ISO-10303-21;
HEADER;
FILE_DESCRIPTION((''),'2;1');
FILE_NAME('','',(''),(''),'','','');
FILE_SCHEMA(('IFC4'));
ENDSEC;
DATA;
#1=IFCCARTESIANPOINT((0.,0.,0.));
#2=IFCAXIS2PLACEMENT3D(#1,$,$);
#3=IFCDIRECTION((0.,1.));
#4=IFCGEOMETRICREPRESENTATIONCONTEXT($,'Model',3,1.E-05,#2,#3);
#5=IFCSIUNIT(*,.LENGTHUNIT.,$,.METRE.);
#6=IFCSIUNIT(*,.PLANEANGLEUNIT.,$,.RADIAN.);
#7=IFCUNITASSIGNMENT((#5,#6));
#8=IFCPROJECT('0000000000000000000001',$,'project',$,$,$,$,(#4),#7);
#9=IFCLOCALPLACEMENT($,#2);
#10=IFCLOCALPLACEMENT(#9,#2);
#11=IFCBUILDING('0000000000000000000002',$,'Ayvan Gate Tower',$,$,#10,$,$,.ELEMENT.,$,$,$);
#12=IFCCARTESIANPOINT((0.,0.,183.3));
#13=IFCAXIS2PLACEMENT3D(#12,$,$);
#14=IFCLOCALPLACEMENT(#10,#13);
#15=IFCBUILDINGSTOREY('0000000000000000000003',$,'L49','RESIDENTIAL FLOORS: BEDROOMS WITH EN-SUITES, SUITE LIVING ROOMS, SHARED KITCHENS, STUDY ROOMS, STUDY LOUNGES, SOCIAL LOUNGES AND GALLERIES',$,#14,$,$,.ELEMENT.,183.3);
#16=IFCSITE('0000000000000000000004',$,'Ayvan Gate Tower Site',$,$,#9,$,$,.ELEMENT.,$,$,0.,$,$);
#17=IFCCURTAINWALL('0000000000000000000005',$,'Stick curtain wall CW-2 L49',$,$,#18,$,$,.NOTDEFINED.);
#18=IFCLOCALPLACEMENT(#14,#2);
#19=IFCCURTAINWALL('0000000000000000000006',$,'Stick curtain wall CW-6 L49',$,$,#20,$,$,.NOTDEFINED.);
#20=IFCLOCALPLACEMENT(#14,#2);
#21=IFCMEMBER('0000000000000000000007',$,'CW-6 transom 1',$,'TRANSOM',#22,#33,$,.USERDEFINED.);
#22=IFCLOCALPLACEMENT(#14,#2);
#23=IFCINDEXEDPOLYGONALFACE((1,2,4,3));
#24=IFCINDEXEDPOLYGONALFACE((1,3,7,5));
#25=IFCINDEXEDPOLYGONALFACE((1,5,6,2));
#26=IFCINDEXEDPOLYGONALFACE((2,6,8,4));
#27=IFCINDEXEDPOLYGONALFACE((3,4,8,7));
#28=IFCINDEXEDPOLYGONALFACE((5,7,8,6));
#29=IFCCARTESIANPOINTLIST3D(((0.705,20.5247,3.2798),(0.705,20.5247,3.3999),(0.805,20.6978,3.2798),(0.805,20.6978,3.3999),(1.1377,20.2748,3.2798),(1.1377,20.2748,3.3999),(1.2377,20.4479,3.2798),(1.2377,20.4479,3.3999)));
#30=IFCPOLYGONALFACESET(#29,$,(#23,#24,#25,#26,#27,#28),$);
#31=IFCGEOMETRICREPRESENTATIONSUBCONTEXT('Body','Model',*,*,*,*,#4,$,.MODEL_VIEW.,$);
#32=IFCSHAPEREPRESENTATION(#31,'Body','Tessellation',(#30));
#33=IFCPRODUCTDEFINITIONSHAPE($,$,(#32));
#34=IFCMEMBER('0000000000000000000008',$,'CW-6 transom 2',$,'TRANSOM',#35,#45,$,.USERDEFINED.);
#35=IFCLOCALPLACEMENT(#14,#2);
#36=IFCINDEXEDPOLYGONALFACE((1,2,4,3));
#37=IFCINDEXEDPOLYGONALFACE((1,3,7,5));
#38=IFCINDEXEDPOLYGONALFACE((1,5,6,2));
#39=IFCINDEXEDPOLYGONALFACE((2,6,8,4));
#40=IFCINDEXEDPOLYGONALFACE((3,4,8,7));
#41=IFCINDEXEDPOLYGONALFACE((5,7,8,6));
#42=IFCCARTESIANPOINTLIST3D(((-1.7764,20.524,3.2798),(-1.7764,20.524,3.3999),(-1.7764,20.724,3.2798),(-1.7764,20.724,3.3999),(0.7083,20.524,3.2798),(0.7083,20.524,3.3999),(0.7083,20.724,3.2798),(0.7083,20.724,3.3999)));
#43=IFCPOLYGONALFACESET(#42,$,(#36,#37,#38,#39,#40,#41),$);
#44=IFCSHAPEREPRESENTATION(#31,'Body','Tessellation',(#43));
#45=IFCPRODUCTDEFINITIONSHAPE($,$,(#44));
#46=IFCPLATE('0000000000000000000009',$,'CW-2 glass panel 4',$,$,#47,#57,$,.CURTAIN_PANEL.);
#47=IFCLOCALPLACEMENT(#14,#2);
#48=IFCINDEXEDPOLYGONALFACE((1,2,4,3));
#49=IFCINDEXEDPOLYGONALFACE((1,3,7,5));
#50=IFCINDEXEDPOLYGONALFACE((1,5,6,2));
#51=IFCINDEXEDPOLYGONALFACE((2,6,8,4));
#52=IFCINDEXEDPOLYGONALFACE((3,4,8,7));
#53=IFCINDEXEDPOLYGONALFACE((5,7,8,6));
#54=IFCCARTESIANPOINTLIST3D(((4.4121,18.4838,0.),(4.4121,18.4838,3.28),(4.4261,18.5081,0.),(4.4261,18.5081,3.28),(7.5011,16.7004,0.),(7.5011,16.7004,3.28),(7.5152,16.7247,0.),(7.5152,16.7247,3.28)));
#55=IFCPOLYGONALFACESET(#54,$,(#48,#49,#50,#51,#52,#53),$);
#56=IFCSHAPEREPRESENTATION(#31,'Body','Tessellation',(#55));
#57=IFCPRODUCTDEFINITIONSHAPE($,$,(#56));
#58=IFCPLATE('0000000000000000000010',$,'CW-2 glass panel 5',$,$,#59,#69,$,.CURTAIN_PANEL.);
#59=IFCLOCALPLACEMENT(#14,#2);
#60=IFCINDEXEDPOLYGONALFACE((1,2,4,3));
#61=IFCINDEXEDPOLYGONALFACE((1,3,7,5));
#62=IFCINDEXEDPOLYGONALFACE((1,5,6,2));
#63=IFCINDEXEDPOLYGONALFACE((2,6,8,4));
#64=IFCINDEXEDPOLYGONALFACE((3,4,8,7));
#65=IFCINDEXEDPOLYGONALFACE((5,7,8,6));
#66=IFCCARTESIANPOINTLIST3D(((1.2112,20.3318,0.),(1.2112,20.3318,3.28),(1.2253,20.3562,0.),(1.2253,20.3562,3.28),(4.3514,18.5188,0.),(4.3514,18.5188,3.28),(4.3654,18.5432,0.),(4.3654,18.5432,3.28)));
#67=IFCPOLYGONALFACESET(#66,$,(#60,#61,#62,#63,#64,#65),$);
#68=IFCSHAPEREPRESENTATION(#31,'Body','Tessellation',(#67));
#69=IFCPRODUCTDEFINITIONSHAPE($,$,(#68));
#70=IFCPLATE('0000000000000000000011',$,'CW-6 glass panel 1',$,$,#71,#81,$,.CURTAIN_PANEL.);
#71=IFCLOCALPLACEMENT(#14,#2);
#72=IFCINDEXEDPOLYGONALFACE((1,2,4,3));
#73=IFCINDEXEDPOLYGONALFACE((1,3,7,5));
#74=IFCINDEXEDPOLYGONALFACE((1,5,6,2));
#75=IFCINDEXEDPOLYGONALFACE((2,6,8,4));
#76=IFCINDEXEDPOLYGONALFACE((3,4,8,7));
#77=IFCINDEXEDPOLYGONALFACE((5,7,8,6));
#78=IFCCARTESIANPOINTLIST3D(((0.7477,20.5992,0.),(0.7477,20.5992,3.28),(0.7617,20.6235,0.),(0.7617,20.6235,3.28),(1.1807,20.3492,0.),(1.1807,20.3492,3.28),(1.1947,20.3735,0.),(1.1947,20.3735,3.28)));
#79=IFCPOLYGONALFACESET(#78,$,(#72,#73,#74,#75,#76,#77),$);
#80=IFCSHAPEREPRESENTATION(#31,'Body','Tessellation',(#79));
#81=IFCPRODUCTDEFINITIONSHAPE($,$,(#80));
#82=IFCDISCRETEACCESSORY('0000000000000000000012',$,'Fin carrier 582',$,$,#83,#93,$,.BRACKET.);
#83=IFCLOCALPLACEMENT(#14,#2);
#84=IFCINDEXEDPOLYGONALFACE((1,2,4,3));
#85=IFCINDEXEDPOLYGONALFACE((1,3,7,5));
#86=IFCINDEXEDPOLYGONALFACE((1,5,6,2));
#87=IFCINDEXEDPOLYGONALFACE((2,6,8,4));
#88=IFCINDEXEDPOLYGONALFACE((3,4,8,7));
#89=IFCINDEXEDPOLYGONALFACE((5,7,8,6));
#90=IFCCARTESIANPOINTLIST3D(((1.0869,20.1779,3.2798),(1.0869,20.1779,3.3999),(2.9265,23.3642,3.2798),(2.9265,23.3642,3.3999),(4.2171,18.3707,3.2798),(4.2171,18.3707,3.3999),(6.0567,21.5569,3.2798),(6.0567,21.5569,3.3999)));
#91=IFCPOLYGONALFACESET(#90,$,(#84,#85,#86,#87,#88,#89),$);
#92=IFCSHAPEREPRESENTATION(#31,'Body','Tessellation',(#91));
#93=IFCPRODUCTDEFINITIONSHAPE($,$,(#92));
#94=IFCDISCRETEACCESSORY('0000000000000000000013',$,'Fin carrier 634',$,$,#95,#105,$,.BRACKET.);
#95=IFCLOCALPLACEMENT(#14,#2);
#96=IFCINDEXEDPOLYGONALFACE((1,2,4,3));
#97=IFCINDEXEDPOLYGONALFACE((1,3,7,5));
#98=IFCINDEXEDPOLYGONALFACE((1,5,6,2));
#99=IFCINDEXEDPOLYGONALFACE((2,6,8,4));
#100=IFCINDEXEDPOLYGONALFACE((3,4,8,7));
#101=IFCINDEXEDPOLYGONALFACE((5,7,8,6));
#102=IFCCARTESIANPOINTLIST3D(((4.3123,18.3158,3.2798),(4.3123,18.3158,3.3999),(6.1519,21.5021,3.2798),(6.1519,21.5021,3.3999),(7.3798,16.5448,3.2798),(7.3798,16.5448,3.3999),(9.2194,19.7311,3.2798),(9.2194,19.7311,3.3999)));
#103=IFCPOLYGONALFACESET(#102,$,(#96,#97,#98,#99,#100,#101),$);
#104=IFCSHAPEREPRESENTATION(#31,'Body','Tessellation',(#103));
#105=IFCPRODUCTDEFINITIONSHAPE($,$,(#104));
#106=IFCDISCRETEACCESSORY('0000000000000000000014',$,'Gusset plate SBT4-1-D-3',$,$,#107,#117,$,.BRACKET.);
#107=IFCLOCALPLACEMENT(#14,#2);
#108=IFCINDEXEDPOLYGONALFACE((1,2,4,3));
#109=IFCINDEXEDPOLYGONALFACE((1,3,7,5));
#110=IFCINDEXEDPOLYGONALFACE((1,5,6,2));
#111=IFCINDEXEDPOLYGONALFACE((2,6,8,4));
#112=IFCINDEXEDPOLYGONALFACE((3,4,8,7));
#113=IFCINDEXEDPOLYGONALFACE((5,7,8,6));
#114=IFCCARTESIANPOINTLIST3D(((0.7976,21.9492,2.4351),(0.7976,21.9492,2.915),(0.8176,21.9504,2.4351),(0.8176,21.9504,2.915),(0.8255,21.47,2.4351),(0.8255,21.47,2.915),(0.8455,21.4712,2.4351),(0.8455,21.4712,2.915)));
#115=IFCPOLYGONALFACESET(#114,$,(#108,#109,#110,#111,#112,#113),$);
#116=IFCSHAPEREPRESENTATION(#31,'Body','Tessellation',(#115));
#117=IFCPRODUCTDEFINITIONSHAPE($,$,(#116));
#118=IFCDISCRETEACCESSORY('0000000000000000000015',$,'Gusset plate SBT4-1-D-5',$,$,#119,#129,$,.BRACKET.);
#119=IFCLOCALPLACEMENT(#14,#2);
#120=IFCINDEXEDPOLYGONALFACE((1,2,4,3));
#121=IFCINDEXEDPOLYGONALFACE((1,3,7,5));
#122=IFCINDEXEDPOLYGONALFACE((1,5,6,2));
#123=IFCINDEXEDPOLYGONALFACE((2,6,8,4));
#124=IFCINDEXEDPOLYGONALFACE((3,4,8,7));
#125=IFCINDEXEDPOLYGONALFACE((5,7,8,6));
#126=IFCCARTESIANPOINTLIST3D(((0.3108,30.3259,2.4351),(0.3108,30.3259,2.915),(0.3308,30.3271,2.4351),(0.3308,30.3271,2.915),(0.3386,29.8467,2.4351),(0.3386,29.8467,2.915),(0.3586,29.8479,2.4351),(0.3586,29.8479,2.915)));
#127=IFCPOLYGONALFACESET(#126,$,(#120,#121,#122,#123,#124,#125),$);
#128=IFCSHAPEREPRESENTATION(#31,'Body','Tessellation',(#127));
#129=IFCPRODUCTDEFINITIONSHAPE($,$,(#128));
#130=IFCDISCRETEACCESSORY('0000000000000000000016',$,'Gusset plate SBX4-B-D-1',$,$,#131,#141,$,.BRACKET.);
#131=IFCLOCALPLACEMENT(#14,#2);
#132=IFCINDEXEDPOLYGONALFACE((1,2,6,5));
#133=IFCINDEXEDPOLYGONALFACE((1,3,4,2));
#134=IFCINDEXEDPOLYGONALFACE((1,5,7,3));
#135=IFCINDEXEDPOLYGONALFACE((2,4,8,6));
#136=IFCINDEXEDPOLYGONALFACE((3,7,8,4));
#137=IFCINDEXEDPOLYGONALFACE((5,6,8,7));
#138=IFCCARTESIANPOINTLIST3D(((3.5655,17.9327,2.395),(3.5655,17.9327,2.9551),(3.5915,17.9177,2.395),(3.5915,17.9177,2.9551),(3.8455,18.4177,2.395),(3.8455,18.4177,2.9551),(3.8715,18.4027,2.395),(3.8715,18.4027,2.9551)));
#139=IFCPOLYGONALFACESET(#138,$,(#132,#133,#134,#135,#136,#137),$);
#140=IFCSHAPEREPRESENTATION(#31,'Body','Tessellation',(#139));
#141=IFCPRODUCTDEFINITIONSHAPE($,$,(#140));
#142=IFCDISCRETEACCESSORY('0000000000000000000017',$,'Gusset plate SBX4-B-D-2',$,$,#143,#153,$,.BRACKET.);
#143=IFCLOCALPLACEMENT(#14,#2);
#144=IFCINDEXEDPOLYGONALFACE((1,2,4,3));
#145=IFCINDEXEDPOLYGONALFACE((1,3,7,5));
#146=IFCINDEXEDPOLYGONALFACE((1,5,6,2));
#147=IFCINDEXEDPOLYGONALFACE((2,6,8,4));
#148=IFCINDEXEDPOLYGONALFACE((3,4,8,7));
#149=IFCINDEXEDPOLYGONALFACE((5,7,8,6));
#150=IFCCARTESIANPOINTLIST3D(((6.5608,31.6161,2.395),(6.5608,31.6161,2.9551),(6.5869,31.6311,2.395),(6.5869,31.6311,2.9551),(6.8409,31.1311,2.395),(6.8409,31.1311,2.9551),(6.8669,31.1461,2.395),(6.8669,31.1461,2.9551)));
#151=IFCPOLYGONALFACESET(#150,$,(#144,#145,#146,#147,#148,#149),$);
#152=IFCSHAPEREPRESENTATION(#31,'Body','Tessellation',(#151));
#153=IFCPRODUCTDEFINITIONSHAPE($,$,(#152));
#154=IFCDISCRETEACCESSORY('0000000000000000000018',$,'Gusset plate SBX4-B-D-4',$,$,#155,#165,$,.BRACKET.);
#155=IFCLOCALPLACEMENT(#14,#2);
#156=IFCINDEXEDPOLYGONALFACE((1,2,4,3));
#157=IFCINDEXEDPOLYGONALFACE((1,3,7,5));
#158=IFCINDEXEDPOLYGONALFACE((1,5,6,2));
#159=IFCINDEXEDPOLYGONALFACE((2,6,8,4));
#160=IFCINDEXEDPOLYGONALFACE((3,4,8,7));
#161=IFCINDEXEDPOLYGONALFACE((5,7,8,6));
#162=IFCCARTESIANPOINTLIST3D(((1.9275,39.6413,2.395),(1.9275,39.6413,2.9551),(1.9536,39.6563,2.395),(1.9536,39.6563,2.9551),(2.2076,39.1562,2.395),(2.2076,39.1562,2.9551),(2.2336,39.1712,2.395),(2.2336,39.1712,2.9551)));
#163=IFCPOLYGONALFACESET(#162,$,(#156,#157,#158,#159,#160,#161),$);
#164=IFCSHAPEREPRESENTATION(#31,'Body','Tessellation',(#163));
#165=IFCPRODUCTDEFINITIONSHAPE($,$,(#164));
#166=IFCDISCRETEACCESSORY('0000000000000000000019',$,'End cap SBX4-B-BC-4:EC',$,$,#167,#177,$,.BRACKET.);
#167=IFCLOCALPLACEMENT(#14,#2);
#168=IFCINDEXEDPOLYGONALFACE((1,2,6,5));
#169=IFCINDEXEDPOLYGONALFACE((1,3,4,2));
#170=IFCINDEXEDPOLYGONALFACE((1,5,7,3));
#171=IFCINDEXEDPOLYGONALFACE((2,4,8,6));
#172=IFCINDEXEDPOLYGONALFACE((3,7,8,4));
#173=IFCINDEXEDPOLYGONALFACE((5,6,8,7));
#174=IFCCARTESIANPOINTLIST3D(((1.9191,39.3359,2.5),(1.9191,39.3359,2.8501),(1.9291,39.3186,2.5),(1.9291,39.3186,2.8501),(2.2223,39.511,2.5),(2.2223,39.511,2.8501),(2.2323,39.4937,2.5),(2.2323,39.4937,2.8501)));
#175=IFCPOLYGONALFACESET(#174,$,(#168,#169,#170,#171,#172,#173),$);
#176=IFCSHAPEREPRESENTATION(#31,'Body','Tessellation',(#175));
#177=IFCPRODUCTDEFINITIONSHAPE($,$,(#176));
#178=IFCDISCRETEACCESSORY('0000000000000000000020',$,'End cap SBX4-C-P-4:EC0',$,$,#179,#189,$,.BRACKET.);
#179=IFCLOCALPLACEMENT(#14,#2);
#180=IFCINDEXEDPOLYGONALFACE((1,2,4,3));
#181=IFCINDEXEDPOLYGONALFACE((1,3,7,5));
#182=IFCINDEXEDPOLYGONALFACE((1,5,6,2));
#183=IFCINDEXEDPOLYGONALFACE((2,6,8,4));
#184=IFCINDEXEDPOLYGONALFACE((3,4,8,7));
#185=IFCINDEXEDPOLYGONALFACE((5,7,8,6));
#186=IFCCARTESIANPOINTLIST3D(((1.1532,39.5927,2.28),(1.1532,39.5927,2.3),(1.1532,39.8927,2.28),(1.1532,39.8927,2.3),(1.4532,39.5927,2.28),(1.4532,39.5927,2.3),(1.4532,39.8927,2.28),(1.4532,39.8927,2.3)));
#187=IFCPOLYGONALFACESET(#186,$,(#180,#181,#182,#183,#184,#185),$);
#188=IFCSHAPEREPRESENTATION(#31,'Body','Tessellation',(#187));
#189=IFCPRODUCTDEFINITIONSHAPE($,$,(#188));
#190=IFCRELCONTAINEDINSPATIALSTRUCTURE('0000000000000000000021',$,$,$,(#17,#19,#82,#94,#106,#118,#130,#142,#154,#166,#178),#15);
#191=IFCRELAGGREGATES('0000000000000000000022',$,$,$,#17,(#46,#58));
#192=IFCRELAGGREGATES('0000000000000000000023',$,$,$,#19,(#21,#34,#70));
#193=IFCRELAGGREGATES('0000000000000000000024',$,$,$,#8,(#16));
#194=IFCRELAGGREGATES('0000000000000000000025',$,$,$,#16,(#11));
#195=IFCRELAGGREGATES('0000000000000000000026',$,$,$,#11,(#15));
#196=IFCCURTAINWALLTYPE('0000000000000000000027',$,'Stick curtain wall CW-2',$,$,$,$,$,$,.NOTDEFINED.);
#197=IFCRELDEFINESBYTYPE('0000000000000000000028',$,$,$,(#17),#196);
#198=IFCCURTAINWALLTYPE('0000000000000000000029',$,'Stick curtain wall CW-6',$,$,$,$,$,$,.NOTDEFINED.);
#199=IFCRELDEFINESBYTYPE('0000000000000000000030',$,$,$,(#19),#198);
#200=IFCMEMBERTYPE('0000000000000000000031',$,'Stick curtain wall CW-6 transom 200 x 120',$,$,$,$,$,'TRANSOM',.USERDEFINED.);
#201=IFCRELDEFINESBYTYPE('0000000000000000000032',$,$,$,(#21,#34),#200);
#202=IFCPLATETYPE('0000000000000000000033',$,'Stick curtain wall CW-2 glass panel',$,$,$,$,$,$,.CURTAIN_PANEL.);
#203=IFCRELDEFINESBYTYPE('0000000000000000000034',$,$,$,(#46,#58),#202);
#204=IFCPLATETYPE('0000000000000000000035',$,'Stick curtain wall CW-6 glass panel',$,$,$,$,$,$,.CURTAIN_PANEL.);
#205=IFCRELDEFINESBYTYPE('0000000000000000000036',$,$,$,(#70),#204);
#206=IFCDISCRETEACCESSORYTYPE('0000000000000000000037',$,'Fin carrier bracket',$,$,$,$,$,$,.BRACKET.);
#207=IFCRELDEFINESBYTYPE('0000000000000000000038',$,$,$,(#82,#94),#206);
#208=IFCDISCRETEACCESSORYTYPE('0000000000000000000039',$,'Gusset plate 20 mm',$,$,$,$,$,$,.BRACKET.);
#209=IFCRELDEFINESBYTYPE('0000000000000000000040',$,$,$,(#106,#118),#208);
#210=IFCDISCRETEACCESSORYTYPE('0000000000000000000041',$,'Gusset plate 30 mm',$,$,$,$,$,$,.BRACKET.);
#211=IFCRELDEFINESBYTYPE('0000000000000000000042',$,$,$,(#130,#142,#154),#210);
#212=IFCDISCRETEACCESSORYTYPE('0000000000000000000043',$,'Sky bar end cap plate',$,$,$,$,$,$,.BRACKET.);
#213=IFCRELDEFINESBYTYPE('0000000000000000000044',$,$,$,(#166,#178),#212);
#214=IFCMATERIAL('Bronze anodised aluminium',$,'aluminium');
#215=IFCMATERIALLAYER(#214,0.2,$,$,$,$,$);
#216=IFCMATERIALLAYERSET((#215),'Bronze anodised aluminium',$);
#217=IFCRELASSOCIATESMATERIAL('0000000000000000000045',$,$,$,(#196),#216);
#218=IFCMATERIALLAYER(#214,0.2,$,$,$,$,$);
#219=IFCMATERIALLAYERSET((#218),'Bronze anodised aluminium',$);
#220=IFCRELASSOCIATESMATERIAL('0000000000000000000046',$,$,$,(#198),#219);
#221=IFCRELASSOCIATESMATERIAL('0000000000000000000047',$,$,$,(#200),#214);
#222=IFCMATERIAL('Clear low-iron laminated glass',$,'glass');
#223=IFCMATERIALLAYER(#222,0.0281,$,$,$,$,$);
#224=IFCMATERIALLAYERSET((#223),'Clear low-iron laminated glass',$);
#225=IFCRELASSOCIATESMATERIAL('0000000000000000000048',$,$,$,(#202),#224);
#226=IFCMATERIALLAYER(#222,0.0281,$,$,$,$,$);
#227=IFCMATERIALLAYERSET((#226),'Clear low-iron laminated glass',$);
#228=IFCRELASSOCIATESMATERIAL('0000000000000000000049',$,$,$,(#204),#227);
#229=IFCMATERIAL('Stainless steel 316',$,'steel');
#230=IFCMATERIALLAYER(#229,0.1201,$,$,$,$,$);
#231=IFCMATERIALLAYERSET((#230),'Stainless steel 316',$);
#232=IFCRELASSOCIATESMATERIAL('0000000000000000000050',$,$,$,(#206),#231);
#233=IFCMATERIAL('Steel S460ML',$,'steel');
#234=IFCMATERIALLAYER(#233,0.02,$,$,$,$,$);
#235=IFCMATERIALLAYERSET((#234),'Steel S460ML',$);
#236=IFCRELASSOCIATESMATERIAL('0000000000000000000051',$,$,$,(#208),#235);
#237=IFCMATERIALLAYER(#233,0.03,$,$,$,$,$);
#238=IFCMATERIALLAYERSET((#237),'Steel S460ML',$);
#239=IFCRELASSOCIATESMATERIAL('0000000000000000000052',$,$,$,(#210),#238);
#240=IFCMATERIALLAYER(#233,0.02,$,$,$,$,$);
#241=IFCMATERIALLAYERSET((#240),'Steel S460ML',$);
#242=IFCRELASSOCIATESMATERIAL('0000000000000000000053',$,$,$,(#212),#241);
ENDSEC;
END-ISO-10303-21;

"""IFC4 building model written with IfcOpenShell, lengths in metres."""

from ifc_helpers import new_model, si_unit, direction, frame, origin, origin_2d, place, context, subcontext, project, spatial, rectangle, extrude, material, layer, layer_set, material_profile, profile_set, type_object, element, aggregate, save


model = new_model("IFC4")

# Units and contexts
model_context = context("Model", 3, precision=1e-05, world=origin(), true_north=direction((0.0, 1.0)))
body_context = subcontext(model_context, "Body", "Model", "MODEL_VIEW")
ifc_project = project(units=[si_unit("LENGTHUNIT", "METRE"), si_unit("PLANEANGLEUNIT", "RADIAN")], contexts=[model_context])

# Site, building, storey
site_placement = place(None, origin())
site = spatial("IfcSite", under=ifc_project, at=site_placement, Name="Ayvan Gate Tower Site", CompositionType="ELEMENT", RefElevation=0.0)
building_placement = place(site_placement, origin())
building = spatial("IfcBuilding", under=site, at=building_placement, Name="Ayvan Gate Tower", CompositionType="ELEMENT")
storey_placement = place(building_placement, frame((0.0, 0.0, 183.3)))
storey = spatial("IfcBuildingStorey", under=building, at=storey_placement, Name="L49", Description="RESIDENTIAL FLOORS: BEDROOMS WITH EN-SUITES, SUITE LIVING ROOMS, SHARED KITCHENS, STUDY ROOMS, STUDY LOUNGES, SOCIAL LOUNGES AND GALLERIES", CompositionType="ELEMENT", Elevation=183.3)

# Curtain walls, members
ifc_material_1 = material(Name="Bronze anodised aluminium", Category="aluminium")
ifc_layer_1 = layer(ifc_material_1, 0.2)
ifc_layer_set_1 = layer_set([ifc_layer_1], Name="Bronze anodised aluminium")
curtain_wall_type_1 = type_object("IfcCurtainWallType", Name="Stick curtain wall CW-2", PredefinedType="NOTDEFINED", material=ifc_layer_set_1)
curtain_wall_1_placement = place(storey_placement, origin())
curtain_wall_1 = element("IfcCurtainWall", 1, at=curtain_wall_1_placement, inside=storey, type_object=curtain_wall_type_1, Name="Stick curtain wall CW-2 L49", PredefinedType="NOTDEFINED")
ifc_layer_2 = layer(ifc_material_1, 0.2)
ifc_layer_set_2 = layer_set([ifc_layer_2], Name="Bronze anodised aluminium")
curtain_wall_type_2 = type_object("IfcCurtainWallType", Name="Stick curtain wall CW-6", PredefinedType="NOTDEFINED", material=ifc_layer_set_2)
curtain_wall_2_placement = place(storey_placement, origin())
curtain_wall_2 = element("IfcCurtainWall", 2, at=curtain_wall_2_placement, inside=storey, type_object=curtain_wall_type_2, Name="Stick curtain wall CW-6 L49", PredefinedType="NOTDEFINED")
ifc_material_profile_1 = material_profile(ifc_material_1, rectangle(XDim=0.2, YDim=0.1201, at=origin_2d()), Name="Stick curtain wall CW-6 transom 200 x 120")
ifc_profile_set_1 = profile_set([ifc_material_profile_1], Name="Bronze anodised aluminium")
member_type_1 = type_object("IfcMemberType", Name="Stick curtain wall CW-6 transom 200 x 120", ElementType="TRANSOM", PredefinedType="USERDEFINED", material=ifc_profile_set_1)
member_1_placement = place(storey_placement, frame((1.1877, 20.3613, 3.3398), z_axis=(-0.86595, 0.500131, 0.0), x_axis=(-0.500131, -0.86595, 0.0)))
member_1 = element("IfcMember", 3, at=member_1_placement, type_object=member_type_1, Name="CW-6 transom 1", ObjectType="TRANSOM", PredefinedType="USERDEFINED", context=body_context, shape_type="SweptSolid", body=[
    extrude(rectangle(XDim=0.2, YDim=0.1201, at=origin_2d()), origin(), (0.0, 0.0, 1.0), 0.4998),
])
member_2_placement = place(storey_placement, frame((0.7083, 20.624, 3.3398), z_axis=(-1.0, 0.0, 0.0), x_axis=(0.0, -1.0, 0.0)))
member_2 = element("IfcMember", 4, at=member_2_placement, type_object=member_type_1, Name="CW-6 transom 2", ObjectType="TRANSOM", PredefinedType="USERDEFINED", context=body_context, shape_type="SweptSolid", body=[
    extrude(rectangle(XDim=0.2, YDim=0.1201, at=origin_2d()), origin(), (0.0, 0.0, 1.0), 2.4846),
])

# Plates
ifc_material_2 = material(Name="Clear low-iron laminated glass", Category="glass")
ifc_layer_3 = layer(ifc_material_2, 0.0281)
ifc_layer_set_3 = layer_set([ifc_layer_3], Name="Clear low-iron laminated glass")
plate_type_1 = type_object("IfcPlateType", Name="Stick curtain wall CW-2 glass panel", PredefinedType="CURTAIN_PANEL", material=ifc_layer_set_3)
plate_1_placement = place(storey_placement, frame((5.9636, 17.6042, 0.0), z_axis=(0.0, 0.0, 1.0), x_axis=(-0.866025, 0.5, 0.0)))
plate_1 = element("IfcPlate", 5, at=plate_1_placement, type_object=plate_type_1, Name="CW-2 glass panel 4", PredefinedType="CURTAIN_PANEL", context=body_context, shape_type="SweptSolid", body=[
    extrude(rectangle(XDim=3.5669, YDim=0.0281, at=origin_2d()), origin(), (0.0, 0.0, 1.0), 3.28),
])
plate_2_placement = place(storey_placement, frame((2.7883, 19.4375, 0.0), z_axis=(0.0, 0.0, 1.0), x_axis=(-0.866025, 0.5, 0.0)))
plate_2 = element("IfcPlate", 6, at=plate_2_placement, type_object=plate_type_1, Name="CW-2 glass panel 5", PredefinedType="CURTAIN_PANEL", context=body_context, shape_type="SweptSolid", body=[
    extrude(rectangle(XDim=3.626, YDim=0.0281, at=origin_2d()), origin(), (0.0, 0.0, 1.0), 3.28),
])
aggregate(curtain_wall_1, [plate_1, plate_2])
ifc_layer_4 = layer(ifc_material_2, 0.0281)
ifc_layer_set_4 = layer_set([ifc_layer_4], Name="Clear low-iron laminated glass")
plate_type_2 = type_object("IfcPlateType", Name="Stick curtain wall CW-6 glass panel", PredefinedType="CURTAIN_PANEL", material=ifc_layer_set_4)
plate_3_placement = place(storey_placement, frame((0.9712, 20.4863, 0.0), z_axis=(0.0, 0.0, 1.0), x_axis=(-0.866025, 0.5, 0.0)))
plate_3 = element("IfcPlate", 7, at=plate_3_placement, type_object=plate_type_2, Name="CW-6 glass panel 1", PredefinedType="CURTAIN_PANEL", context=body_context, shape_type="SweptSolid", body=[
    extrude(rectangle(XDim=0.5, YDim=0.0281, at=origin_2d()), origin(), (0.0, 0.0, 1.0), 3.28),
])
aggregate(curtain_wall_2, [member_1, member_2, plate_3])

# Discrete accessories
ifc_material_3 = material(Name="Stainless steel 316", Category="steel")
ifc_layer_5 = layer(ifc_material_3, 0.1201)
ifc_layer_set_5 = layer_set([ifc_layer_5], Name="Stainless steel 316")
discrete_accessory_type_1 = type_object("IfcDiscreteAccessoryType", Name="Fin carrier bracket", PredefinedType="BRACKET", material=ifc_layer_set_5)
discrete_accessory_1_placement = place(storey_placement, frame((3.5718, 20.8674, 3.2798), z_axis=(0.0, 0.0, 1.0), x_axis=(-0.866025, 0.5, 0.0)))
element("IfcDiscreteAccessory", 8, at=discrete_accessory_1_placement, inside=storey, type_object=discrete_accessory_type_1, Name="Fin carrier 582", PredefinedType="BRACKET", context=body_context, shape_type="SweptSolid", body=[
    extrude(rectangle(XDim=3.6145, YDim=3.6792, at=origin_2d()), origin(), (0.0, 0.0, 1.0), 0.1201),
])
discrete_accessory_2_placement = place(storey_placement, frame((6.7659, 19.0234, 3.2798), z_axis=(0.0, 0.0, 1.0), x_axis=(-0.866025, 0.5, 0.0)))
element("IfcDiscreteAccessory", 9, at=discrete_accessory_2_placement, inside=storey, type_object=discrete_accessory_type_1, Name="Fin carrier 634", PredefinedType="BRACKET", context=body_context, shape_type="SweptSolid", body=[
    extrude(rectangle(XDim=3.542, YDim=3.6792, at=origin_2d()), origin(), (0.0, 0.0, 1.0), 0.1201),
])
ifc_material_4 = material(Name="Steel S460ML", Category="steel")
ifc_layer_6 = layer(ifc_material_4, 0.02)
ifc_layer_set_6 = layer_set([ifc_layer_6], Name="Steel S460ML")
discrete_accessory_type_2 = type_object("IfcDiscreteAccessoryType", Name="Gusset plate 20 mm", PredefinedType="BRACKET", material=ifc_layer_set_6)
for number, where, z_axis, x_axis, name in (
    (10, (0.8215, 21.7102, 2.4351), (0.0, 0.0, 1.0), (-0.058021, 0.998315, 0.0), "Gusset plate SBT4-1-D-3"),
    (11, (0.3347, 30.0869, 2.4351), (0.0, 0.0, 1.0), (-0.058021, 0.998315, 0.0), "Gusset plate SBT4-1-D-5"),
):
    element("IfcDiscreteAccessory", number, at=place(storey_placement, frame(where, z_axis=z_axis, x_axis=x_axis)), inside=storey, type_object=discrete_accessory_type_2, Name=name, PredefinedType="BRACKET", context=body_context, shape_type="SweptSolid", body=[
        extrude(rectangle(XDim=0.48, YDim=0.02, at=origin_2d()), origin(), (0.0, 0.0, 1.0), 0.48),
    ])
ifc_layer_7 = layer(ifc_material_4, 0.03)
ifc_layer_set_7 = layer_set([ifc_layer_7], Name="Steel S460ML")
discrete_accessory_type_3 = type_object("IfcDiscreteAccessoryType", Name="Gusset plate 30 mm", PredefinedType="BRACKET", material=ifc_layer_set_7)
for number, where, z_axis, x_axis, name in (
    (12, (3.7185, 18.1677, 2.395), (0.0, 0.0, 1.0), (0.5, 0.866025, 0.0), "Gusset plate SBX4-B-D-1"),
    (13, (6.7139, 31.3811, 2.395), (0.0, 0.0, 1.0), (-0.5, 0.866025, 0.0), "Gusset plate SBX4-B-D-2"),
    (14, (2.0806, 39.4062, 2.395), (0.0, 0.0, 1.0), (-0.5, 0.866025, 0.0), "Gusset plate SBX4-B-D-4"),
):
    element("IfcDiscreteAccessory", number, at=place(storey_placement, frame(where, z_axis=z_axis, x_axis=x_axis)), inside=storey, type_object=discrete_accessory_type_3, Name=name, PredefinedType="BRACKET", context=body_context, shape_type="SweptSolid", body=[
        extrude(rectangle(XDim=0.5601, YDim=0.03, at=origin_2d()), origin(), (0.0, 0.0, 1.0), 0.5601),
    ])
ifc_layer_8 = layer(ifc_material_4, 0.02)
ifc_layer_set_8 = layer_set([ifc_layer_8], Name="Steel S460ML")
discrete_accessory_type_4 = type_object("IfcDiscreteAccessoryType", Name="Sky bar end cap plate", PredefinedType="BRACKET", material=ifc_layer_set_8)
discrete_accessory_3_placement = place(storey_placement, frame((2.0757, 39.4148, 2.5), z_axis=(0.0, 0.0, 1.0), x_axis=(-0.5, 0.866025, 0.0)))
element("IfcDiscreteAccessory", 15, at=discrete_accessory_3_placement, inside=storey, type_object=discrete_accessory_type_4, Name="End cap SBX4-B-BC-4:EC", PredefinedType="BRACKET", context=body_context, shape_type="SweptSolid", body=[
    extrude(rectangle(XDim=0.02, YDim=0.3501, at=origin_2d()), origin(), (0.0, 0.0, 1.0), 0.3501),
])
discrete_accessory_4_placement = place(storey_placement, frame((1.3032, 39.7427, 2.28), z_axis=(0.0, 0.0, 1.0), x_axis=(1.0, 0.0, 0.0)))
element("IfcDiscreteAccessory", 16, at=discrete_accessory_4_placement, inside=storey, type_object=discrete_accessory_type_4, Name="End cap SBX4-C-P-4:EC0", PredefinedType="BRACKET", context=body_context, shape_type="SweptSolid", body=[
    extrude(rectangle(XDim=0.3, YDim=0.3, at=origin_2d()), origin(), (0.0, 0.0, 1.0), 0.02),
])

save(model, "model.ifc")
